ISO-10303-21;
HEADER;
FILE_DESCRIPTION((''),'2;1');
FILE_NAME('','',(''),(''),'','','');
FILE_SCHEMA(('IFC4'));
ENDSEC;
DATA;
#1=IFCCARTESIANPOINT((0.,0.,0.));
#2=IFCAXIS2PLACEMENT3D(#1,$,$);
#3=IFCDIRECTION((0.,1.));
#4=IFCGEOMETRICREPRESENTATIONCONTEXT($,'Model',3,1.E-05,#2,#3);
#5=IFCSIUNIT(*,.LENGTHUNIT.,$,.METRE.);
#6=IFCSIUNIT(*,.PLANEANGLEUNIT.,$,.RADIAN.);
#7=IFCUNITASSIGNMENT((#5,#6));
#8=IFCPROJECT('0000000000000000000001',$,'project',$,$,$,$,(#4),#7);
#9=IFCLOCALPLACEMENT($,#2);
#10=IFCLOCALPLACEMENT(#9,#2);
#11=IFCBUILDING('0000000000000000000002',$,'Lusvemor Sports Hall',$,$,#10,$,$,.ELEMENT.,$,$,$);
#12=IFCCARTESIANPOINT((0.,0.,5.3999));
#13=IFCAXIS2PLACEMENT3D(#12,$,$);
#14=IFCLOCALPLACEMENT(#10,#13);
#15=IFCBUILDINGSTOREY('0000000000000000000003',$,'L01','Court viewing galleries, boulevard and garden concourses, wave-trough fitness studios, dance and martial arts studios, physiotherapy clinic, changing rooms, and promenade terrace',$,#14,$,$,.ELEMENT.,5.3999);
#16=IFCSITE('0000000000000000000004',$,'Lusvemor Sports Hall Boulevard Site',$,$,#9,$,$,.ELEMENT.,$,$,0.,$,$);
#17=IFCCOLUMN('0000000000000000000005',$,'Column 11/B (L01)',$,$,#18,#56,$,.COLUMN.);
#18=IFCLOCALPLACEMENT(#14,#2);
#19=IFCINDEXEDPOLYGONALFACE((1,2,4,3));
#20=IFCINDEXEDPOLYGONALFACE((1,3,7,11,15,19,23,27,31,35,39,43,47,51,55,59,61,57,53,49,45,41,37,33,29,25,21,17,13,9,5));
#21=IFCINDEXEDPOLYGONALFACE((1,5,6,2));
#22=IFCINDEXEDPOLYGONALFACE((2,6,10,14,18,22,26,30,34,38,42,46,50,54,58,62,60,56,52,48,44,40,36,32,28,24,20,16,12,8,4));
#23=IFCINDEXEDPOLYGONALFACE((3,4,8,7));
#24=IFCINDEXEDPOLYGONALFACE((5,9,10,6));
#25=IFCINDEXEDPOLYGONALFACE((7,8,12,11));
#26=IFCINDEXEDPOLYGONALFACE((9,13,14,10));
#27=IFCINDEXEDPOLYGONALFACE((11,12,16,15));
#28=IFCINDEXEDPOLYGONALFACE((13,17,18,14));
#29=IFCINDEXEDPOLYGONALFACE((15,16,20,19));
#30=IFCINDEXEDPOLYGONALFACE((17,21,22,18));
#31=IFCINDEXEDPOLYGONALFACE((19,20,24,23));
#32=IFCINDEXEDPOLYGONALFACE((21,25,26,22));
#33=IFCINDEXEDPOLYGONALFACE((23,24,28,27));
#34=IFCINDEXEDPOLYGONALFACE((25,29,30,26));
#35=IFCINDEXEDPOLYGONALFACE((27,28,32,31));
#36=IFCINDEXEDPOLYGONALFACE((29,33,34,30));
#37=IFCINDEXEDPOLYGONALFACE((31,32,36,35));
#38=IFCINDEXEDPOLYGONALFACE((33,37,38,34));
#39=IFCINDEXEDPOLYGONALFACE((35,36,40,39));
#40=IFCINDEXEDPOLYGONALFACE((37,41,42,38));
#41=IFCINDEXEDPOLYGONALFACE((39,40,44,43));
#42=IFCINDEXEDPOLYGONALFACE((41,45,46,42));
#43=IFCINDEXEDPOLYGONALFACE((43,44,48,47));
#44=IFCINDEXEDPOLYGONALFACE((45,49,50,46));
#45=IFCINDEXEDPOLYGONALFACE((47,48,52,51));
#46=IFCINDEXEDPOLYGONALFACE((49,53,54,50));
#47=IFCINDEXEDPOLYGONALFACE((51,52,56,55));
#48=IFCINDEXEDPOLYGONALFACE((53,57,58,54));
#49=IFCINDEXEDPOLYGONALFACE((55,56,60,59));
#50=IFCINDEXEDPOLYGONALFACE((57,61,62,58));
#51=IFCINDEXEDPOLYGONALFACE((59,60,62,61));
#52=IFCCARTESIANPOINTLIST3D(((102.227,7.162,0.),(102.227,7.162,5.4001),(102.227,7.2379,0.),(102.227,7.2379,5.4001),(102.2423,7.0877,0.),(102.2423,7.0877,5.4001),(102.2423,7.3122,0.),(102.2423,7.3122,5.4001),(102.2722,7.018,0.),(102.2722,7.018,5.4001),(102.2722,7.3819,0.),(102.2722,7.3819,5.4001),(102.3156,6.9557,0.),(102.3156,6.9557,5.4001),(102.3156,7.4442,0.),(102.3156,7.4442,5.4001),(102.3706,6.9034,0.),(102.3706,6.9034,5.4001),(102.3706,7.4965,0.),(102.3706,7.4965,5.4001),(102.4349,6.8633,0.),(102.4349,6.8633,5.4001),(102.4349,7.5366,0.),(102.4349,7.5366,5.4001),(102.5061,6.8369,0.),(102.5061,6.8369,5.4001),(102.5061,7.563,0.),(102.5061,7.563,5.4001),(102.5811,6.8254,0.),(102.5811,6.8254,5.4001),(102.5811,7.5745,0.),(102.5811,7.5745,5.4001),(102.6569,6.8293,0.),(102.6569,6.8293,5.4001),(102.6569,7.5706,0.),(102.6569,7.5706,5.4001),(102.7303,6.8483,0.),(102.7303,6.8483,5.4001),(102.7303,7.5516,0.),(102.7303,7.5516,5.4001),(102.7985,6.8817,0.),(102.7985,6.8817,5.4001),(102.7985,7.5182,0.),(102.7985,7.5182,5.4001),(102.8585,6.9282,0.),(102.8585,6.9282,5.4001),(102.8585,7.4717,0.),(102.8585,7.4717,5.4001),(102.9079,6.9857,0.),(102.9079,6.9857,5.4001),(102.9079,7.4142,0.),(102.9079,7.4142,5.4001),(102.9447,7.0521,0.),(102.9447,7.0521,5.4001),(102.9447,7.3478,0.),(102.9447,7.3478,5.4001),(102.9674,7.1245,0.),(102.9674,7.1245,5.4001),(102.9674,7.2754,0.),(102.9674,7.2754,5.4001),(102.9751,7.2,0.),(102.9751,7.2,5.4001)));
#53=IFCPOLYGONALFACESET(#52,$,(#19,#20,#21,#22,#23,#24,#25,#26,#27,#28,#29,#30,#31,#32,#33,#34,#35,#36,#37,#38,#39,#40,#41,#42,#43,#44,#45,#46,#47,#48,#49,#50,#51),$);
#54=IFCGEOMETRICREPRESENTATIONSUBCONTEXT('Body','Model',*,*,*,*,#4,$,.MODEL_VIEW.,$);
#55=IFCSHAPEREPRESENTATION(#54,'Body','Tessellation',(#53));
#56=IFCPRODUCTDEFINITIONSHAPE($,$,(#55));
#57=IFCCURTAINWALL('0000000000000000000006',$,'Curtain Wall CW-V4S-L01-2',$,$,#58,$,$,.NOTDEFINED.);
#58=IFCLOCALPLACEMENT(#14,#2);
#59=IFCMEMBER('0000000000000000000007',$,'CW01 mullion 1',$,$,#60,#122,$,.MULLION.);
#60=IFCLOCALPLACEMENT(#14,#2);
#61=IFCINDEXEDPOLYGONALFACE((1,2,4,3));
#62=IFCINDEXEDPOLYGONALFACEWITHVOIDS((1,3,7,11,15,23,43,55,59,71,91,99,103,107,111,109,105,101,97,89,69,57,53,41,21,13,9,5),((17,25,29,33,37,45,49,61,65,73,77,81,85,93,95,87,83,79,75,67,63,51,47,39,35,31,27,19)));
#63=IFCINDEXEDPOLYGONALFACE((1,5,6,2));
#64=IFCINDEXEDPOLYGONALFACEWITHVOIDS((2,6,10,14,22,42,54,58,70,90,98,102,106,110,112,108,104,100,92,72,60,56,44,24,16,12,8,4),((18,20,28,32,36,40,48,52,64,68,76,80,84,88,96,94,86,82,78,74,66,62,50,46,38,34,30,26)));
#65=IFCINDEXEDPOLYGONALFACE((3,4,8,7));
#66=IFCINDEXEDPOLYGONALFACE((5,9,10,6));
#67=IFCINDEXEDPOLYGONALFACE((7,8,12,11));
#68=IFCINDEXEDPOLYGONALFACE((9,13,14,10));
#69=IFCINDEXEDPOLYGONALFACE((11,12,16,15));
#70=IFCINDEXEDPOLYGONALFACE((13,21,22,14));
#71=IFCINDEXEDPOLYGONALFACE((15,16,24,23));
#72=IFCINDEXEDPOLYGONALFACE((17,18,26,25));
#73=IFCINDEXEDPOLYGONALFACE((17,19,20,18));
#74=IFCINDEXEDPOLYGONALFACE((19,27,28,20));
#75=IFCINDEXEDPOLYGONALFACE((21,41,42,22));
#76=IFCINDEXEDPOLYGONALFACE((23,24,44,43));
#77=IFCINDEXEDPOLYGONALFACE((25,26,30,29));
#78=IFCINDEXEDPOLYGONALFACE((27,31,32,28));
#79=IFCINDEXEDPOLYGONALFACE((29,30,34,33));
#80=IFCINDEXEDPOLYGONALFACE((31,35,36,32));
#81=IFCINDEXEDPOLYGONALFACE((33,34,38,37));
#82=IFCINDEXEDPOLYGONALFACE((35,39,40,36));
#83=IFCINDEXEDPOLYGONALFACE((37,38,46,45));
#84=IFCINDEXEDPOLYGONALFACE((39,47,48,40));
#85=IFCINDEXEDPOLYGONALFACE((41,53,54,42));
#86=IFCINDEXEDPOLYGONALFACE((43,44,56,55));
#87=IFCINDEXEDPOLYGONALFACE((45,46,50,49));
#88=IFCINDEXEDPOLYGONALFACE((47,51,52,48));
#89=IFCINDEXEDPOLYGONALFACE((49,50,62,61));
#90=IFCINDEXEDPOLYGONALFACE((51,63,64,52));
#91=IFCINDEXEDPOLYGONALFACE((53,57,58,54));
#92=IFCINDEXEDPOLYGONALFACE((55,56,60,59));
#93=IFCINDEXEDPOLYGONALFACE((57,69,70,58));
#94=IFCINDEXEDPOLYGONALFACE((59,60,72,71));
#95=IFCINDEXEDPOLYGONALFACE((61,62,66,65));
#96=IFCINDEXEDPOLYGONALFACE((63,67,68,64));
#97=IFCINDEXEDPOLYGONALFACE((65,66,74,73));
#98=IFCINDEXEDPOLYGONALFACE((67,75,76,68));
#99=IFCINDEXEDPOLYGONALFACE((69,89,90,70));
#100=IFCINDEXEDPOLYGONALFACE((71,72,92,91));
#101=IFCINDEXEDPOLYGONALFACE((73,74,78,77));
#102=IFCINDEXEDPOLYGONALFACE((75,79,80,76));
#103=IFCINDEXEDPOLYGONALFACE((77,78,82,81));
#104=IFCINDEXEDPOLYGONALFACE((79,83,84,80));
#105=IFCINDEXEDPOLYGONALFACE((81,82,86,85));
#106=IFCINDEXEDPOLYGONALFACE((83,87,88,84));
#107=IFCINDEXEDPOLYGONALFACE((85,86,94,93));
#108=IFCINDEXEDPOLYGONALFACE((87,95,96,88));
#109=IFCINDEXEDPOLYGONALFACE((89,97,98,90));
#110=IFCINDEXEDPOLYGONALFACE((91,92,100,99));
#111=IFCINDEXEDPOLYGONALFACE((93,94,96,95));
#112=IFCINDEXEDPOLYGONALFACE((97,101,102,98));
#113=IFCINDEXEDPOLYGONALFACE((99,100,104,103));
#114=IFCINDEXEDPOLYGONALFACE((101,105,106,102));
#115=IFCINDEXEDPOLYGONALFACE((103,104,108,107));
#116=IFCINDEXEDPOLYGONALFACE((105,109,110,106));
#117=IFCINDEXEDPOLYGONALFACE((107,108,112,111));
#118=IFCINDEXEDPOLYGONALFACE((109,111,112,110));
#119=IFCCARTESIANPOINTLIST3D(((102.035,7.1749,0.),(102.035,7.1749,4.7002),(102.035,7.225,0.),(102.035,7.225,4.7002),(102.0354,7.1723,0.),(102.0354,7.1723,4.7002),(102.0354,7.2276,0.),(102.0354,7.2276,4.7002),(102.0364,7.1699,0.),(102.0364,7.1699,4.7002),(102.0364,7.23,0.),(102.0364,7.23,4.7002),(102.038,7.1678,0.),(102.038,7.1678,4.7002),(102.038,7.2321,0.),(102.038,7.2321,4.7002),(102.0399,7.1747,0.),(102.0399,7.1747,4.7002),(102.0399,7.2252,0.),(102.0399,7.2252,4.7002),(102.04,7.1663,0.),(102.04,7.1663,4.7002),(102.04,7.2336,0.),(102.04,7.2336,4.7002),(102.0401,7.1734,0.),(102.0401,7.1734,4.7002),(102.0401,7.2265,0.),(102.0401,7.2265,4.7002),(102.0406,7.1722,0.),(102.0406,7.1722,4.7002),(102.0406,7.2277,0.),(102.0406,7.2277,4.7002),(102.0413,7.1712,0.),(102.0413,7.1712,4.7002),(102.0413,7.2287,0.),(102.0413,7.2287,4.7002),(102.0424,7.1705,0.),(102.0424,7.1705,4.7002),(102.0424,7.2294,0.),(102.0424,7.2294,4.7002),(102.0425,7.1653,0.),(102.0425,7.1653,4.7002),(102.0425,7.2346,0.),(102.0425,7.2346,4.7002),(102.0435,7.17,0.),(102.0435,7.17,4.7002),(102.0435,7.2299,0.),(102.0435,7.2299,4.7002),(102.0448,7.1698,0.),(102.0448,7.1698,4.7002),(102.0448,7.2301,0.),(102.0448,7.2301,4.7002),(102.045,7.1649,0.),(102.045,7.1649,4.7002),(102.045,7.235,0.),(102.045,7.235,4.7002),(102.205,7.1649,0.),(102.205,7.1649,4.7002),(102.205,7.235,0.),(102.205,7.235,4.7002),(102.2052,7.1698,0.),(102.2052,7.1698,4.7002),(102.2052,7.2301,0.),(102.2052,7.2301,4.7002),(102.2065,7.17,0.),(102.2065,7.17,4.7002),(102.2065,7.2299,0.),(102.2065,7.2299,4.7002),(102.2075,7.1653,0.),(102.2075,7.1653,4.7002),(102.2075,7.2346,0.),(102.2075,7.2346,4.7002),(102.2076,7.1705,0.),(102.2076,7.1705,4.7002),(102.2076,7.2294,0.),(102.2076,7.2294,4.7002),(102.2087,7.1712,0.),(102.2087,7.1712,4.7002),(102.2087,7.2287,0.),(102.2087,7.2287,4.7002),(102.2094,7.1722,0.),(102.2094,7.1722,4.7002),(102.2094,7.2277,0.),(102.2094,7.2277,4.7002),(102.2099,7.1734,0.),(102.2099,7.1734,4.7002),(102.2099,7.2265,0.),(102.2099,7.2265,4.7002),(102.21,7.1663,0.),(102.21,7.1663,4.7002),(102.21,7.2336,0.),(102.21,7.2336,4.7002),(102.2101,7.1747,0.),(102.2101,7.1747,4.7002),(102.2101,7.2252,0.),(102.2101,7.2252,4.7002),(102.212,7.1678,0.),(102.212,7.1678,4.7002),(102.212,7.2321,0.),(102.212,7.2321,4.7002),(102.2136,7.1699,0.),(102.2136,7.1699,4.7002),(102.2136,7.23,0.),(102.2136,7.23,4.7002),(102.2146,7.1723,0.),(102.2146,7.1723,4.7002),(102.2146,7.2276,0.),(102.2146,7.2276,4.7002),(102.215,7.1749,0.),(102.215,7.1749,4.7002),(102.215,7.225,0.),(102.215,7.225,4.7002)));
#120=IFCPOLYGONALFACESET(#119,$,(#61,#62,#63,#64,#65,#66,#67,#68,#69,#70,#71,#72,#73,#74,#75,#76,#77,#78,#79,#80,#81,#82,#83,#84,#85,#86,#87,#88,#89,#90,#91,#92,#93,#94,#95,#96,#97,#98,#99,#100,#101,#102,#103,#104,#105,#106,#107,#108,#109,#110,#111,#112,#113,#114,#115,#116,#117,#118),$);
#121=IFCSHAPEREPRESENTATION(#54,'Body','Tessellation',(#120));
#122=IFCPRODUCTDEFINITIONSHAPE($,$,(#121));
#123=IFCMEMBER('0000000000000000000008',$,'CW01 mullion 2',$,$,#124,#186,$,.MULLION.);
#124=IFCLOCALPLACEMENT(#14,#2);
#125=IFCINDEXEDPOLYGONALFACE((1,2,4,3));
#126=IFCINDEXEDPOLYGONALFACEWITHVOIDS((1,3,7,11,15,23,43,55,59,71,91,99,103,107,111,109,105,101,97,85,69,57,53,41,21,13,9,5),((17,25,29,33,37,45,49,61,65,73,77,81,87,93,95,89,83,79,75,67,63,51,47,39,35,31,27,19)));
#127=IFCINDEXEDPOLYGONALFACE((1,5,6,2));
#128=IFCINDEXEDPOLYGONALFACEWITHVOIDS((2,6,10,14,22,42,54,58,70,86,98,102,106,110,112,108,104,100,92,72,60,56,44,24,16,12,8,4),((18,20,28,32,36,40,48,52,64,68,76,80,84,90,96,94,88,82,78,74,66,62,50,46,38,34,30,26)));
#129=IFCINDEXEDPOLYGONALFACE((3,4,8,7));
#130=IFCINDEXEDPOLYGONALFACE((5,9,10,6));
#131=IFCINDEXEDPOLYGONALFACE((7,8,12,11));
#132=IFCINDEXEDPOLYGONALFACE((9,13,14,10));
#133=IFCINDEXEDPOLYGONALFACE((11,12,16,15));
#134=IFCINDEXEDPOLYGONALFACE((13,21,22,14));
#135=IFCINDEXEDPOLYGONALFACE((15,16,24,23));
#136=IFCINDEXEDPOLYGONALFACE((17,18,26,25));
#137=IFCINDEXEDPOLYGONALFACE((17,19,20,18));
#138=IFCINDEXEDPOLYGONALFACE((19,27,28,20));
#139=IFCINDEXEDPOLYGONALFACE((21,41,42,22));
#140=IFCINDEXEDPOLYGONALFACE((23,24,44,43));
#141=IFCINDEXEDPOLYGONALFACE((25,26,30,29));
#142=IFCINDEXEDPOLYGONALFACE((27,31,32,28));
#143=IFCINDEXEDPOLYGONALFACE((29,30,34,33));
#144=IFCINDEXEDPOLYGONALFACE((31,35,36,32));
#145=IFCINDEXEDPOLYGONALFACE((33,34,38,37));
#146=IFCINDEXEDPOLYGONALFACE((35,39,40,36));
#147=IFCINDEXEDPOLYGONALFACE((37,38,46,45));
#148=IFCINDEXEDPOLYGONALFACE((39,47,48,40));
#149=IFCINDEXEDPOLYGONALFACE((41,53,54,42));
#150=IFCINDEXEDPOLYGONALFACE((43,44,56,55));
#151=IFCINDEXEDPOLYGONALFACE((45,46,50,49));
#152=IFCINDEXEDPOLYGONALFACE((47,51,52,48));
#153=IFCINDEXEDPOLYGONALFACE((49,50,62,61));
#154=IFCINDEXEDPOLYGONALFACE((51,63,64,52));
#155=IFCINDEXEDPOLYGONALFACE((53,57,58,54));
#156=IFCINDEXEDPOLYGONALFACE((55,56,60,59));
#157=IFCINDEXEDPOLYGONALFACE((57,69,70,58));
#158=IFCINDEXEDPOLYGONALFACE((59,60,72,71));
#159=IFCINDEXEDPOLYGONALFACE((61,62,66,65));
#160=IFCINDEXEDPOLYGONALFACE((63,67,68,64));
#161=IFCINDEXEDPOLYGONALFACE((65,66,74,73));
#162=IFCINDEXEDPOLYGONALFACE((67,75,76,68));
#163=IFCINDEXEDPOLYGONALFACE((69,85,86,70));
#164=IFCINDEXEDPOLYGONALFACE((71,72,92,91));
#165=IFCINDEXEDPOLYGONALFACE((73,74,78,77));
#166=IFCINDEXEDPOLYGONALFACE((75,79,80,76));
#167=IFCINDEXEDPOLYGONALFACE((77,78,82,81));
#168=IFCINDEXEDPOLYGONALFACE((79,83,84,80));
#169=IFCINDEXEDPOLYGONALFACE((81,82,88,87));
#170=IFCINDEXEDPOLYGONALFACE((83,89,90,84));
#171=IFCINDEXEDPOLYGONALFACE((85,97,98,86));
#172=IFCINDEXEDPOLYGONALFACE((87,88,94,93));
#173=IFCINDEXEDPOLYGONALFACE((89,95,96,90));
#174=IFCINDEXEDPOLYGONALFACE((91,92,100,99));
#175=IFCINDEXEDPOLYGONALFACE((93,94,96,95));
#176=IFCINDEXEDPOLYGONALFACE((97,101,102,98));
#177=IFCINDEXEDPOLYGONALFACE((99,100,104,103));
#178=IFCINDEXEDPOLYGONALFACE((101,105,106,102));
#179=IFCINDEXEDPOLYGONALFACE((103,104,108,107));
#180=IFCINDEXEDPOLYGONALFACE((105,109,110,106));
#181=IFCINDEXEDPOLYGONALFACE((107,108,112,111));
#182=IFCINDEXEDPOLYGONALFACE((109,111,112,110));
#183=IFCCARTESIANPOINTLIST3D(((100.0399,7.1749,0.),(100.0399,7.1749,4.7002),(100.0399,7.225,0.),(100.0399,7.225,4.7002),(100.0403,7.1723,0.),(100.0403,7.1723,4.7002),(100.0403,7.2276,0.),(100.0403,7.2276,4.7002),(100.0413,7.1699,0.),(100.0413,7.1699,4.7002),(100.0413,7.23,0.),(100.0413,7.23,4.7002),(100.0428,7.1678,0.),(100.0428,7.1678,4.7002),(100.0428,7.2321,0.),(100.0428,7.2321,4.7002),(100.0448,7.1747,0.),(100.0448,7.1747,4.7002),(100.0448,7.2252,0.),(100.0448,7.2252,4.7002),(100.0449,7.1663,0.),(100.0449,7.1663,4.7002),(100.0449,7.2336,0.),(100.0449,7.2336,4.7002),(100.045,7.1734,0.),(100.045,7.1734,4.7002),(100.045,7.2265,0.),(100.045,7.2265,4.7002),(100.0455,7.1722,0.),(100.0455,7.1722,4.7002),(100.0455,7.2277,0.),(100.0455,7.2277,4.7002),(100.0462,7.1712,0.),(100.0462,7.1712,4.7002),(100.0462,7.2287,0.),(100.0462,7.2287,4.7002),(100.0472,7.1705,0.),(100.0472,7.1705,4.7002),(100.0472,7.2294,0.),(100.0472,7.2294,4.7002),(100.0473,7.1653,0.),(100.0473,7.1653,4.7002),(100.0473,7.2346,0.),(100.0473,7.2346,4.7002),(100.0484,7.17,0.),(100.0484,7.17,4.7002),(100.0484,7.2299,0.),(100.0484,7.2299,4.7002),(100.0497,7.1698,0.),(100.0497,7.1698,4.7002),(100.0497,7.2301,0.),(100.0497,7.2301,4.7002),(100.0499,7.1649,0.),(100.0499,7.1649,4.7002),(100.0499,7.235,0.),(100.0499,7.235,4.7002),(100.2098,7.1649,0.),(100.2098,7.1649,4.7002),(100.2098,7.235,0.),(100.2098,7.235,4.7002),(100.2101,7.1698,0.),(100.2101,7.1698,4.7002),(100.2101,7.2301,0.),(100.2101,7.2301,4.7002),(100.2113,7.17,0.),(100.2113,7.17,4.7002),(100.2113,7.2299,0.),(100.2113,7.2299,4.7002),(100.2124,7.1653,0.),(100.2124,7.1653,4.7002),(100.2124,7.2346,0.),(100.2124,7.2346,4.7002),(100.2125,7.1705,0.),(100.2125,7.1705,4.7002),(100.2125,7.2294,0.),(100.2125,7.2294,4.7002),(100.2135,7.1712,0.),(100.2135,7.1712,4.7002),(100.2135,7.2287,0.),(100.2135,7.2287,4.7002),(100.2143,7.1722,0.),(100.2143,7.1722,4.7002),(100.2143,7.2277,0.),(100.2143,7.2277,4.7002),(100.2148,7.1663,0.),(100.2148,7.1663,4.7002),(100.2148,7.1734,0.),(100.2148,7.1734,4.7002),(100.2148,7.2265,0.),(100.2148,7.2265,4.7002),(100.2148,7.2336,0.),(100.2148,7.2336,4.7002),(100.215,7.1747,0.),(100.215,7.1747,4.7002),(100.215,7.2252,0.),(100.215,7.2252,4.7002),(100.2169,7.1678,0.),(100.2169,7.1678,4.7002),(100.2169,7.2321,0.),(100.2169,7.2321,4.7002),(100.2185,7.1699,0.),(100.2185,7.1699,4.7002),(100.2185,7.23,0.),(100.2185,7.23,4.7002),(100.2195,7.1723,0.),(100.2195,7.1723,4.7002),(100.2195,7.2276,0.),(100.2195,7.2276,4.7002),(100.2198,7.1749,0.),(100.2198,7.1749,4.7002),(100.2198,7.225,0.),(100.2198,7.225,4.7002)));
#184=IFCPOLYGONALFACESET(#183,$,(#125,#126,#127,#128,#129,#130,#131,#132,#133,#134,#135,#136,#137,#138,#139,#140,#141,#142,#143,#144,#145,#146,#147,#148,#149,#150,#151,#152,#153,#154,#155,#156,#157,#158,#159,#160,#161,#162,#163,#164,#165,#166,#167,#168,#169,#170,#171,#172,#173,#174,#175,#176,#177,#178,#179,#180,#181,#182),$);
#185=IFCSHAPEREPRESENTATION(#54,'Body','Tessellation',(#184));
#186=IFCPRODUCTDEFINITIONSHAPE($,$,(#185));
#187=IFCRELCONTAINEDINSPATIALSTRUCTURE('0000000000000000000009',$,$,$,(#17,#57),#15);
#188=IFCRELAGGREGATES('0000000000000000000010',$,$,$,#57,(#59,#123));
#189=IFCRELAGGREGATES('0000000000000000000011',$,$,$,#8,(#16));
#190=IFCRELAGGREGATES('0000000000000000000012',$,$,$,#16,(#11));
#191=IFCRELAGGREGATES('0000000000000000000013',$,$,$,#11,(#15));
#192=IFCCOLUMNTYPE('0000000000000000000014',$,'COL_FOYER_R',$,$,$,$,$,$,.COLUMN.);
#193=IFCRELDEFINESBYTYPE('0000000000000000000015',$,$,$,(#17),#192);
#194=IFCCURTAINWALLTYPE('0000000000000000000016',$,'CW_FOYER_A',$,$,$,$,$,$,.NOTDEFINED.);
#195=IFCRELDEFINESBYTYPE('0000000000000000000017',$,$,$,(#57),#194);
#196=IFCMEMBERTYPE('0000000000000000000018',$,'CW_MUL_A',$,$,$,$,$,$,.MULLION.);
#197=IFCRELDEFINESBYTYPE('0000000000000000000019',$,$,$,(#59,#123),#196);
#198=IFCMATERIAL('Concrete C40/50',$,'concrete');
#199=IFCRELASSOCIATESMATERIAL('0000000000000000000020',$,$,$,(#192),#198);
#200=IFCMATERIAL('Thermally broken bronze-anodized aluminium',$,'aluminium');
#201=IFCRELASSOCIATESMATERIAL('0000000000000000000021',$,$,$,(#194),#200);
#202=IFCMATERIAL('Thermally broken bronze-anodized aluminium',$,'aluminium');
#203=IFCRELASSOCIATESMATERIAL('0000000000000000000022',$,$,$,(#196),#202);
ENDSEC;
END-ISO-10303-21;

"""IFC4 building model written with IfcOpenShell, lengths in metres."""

from ifc_helpers import new_model, si_unit, direction, frame, origin, origin_2d, place, context, subcontext, project, spatial, hollow_rectangle, circle, extrude, material, material_profile, profile_set, type_object, element, aggregate, save


model = new_model("IFC4")

# Units and contexts
model_context = context("Model", 3, precision=1e-05, world=origin(), true_north=direction((0.0, 1.0)))
body_context = subcontext(model_context, "Body", "Model", "MODEL_VIEW")
ifc_project = project(units=[si_unit("LENGTHUNIT", "METRE"), si_unit("PLANEANGLEUNIT", "RADIAN")], contexts=[model_context])

# Site, building, storey
site_placement = place(None, origin())
site = spatial("IfcSite", under=ifc_project, at=site_placement, Name="Lusvemor Sports Hall Boulevard Site", CompositionType="ELEMENT", RefElevation=0.0)
building_placement = place(site_placement, origin())
building = spatial("IfcBuilding", under=site, at=building_placement, Name="Lusvemor Sports Hall", CompositionType="ELEMENT")
storey_placement = place(building_placement, frame((0.0, 0.0, 5.3999)))
storey = spatial("IfcBuildingStorey", under=building, at=storey_placement, Name="L01", Description="Court viewing galleries, boulevard and garden concourses, wave-trough fitness studios, dance and martial arts studios, physiotherapy clinic, changing rooms, and promenade terrace", CompositionType="ELEMENT", Elevation=5.3999)

# Column
ifc_material_1 = material(Name="Concrete C40/50", Category="concrete")
ifc_material_profile_1 = material_profile(ifc_material_1, circle(Radius=0.375, at=origin_2d()), Name="RCCIRC750")
ifc_profile_set_1 = profile_set([ifc_material_profile_1], Name="Concrete C40/50")
column_type = type_object("IfcColumnType", Name="COL_FOYER_R", PredefinedType="COLUMN", material=ifc_profile_set_1)
column_placement = place(storey_placement, frame((102.6001, 7.2, 0.0), z_axis=(0.0, 0.0, 1.0), x_axis=(1.0, 0.0, 0.0)))
element("IfcColumn", 1, at=column_placement, inside=storey, type_object=column_type, Name="Column 11/B (L01)", PredefinedType="COLUMN", context=body_context, shape_type="SweptSolid", body=[
    extrude(circle(Radius=0.375, at=origin_2d()), origin(), (0.0, 0.0, 1.0), 5.4001),
])

# Curtain wall, members
ifc_material_2 = material(Name="Thermally broken bronze-anodized aluminium", Category="aluminium")
curtain_wall_type = type_object("IfcCurtainWallType", Name="CW_FOYER_A", PredefinedType="NOTDEFINED", material=ifc_material_2)
curtain_wall_1_placement = place(storey_placement, origin())
curtain_wall_1 = element("IfcCurtainWall", 2, at=curtain_wall_1_placement, inside=storey, type_object=curtain_wall_type, Name="Curtain Wall CW-V4S-L01-2", PredefinedType="NOTDEFINED")
ifc_material_3 = material(Name="Thermally broken bronze-anodized aluminium", Category="aluminium")
ifc_material_profile_2 = material_profile(ifc_material_3, hollow_rectangle(XDim=0.0701, YDim=0.1799, WallThickness=0.0049, InnerFilletRadius=0.0049, OuterFilletRadius=0.01, at=origin_2d()), Name="CWMUL180x70x5")
ifc_profile_set_2 = profile_set([ifc_material_profile_2], Name="Thermally broken bronze-anodized aluminium")
member_type_1 = type_object("IfcMemberType", Name="CW_MUL_A", PredefinedType="MULLION", material=ifc_profile_set_2)
member_1_placement = place(storey_placement, frame((102.125, 7.2, 0.0), z_axis=(0.0, 0.0, 1.0), x_axis=(0.0, -1.0, 0.0)))
member_1 = element("IfcMember", 3, at=member_1_placement, type_object=member_type_1, Name="CW01 mullion 1", PredefinedType="MULLION", context=body_context, shape_type="SweptSolid", body=[
    extrude(hollow_rectangle(XDim=0.0701, YDim=0.1799, WallThickness=0.0049, InnerFilletRadius=0.0049, OuterFilletRadius=0.01, at=origin_2d()), origin(), (0.0, 0.0, 1.0), 4.7002),
])
member_2_placement = place(storey_placement, frame((100.1299, 7.2, 0.0), z_axis=(0.0, 0.0, 1.0), x_axis=(0.0, -1.0, 0.0)))
member_2 = element("IfcMember", 4, at=member_2_placement, type_object=member_type_1, Name="CW01 mullion 2", PredefinedType="MULLION", context=body_context, shape_type="SweptSolid", body=[
    extrude(hollow_rectangle(XDim=0.0701, YDim=0.1799, WallThickness=0.0049, InnerFilletRadius=0.0049, OuterFilletRadius=0.01, at=origin_2d()), origin(), (0.0, 0.0, 1.0), 4.7002),
])

aggregate(curtain_wall_1, [member_1, member_2])

save(model, "model.ifc")
